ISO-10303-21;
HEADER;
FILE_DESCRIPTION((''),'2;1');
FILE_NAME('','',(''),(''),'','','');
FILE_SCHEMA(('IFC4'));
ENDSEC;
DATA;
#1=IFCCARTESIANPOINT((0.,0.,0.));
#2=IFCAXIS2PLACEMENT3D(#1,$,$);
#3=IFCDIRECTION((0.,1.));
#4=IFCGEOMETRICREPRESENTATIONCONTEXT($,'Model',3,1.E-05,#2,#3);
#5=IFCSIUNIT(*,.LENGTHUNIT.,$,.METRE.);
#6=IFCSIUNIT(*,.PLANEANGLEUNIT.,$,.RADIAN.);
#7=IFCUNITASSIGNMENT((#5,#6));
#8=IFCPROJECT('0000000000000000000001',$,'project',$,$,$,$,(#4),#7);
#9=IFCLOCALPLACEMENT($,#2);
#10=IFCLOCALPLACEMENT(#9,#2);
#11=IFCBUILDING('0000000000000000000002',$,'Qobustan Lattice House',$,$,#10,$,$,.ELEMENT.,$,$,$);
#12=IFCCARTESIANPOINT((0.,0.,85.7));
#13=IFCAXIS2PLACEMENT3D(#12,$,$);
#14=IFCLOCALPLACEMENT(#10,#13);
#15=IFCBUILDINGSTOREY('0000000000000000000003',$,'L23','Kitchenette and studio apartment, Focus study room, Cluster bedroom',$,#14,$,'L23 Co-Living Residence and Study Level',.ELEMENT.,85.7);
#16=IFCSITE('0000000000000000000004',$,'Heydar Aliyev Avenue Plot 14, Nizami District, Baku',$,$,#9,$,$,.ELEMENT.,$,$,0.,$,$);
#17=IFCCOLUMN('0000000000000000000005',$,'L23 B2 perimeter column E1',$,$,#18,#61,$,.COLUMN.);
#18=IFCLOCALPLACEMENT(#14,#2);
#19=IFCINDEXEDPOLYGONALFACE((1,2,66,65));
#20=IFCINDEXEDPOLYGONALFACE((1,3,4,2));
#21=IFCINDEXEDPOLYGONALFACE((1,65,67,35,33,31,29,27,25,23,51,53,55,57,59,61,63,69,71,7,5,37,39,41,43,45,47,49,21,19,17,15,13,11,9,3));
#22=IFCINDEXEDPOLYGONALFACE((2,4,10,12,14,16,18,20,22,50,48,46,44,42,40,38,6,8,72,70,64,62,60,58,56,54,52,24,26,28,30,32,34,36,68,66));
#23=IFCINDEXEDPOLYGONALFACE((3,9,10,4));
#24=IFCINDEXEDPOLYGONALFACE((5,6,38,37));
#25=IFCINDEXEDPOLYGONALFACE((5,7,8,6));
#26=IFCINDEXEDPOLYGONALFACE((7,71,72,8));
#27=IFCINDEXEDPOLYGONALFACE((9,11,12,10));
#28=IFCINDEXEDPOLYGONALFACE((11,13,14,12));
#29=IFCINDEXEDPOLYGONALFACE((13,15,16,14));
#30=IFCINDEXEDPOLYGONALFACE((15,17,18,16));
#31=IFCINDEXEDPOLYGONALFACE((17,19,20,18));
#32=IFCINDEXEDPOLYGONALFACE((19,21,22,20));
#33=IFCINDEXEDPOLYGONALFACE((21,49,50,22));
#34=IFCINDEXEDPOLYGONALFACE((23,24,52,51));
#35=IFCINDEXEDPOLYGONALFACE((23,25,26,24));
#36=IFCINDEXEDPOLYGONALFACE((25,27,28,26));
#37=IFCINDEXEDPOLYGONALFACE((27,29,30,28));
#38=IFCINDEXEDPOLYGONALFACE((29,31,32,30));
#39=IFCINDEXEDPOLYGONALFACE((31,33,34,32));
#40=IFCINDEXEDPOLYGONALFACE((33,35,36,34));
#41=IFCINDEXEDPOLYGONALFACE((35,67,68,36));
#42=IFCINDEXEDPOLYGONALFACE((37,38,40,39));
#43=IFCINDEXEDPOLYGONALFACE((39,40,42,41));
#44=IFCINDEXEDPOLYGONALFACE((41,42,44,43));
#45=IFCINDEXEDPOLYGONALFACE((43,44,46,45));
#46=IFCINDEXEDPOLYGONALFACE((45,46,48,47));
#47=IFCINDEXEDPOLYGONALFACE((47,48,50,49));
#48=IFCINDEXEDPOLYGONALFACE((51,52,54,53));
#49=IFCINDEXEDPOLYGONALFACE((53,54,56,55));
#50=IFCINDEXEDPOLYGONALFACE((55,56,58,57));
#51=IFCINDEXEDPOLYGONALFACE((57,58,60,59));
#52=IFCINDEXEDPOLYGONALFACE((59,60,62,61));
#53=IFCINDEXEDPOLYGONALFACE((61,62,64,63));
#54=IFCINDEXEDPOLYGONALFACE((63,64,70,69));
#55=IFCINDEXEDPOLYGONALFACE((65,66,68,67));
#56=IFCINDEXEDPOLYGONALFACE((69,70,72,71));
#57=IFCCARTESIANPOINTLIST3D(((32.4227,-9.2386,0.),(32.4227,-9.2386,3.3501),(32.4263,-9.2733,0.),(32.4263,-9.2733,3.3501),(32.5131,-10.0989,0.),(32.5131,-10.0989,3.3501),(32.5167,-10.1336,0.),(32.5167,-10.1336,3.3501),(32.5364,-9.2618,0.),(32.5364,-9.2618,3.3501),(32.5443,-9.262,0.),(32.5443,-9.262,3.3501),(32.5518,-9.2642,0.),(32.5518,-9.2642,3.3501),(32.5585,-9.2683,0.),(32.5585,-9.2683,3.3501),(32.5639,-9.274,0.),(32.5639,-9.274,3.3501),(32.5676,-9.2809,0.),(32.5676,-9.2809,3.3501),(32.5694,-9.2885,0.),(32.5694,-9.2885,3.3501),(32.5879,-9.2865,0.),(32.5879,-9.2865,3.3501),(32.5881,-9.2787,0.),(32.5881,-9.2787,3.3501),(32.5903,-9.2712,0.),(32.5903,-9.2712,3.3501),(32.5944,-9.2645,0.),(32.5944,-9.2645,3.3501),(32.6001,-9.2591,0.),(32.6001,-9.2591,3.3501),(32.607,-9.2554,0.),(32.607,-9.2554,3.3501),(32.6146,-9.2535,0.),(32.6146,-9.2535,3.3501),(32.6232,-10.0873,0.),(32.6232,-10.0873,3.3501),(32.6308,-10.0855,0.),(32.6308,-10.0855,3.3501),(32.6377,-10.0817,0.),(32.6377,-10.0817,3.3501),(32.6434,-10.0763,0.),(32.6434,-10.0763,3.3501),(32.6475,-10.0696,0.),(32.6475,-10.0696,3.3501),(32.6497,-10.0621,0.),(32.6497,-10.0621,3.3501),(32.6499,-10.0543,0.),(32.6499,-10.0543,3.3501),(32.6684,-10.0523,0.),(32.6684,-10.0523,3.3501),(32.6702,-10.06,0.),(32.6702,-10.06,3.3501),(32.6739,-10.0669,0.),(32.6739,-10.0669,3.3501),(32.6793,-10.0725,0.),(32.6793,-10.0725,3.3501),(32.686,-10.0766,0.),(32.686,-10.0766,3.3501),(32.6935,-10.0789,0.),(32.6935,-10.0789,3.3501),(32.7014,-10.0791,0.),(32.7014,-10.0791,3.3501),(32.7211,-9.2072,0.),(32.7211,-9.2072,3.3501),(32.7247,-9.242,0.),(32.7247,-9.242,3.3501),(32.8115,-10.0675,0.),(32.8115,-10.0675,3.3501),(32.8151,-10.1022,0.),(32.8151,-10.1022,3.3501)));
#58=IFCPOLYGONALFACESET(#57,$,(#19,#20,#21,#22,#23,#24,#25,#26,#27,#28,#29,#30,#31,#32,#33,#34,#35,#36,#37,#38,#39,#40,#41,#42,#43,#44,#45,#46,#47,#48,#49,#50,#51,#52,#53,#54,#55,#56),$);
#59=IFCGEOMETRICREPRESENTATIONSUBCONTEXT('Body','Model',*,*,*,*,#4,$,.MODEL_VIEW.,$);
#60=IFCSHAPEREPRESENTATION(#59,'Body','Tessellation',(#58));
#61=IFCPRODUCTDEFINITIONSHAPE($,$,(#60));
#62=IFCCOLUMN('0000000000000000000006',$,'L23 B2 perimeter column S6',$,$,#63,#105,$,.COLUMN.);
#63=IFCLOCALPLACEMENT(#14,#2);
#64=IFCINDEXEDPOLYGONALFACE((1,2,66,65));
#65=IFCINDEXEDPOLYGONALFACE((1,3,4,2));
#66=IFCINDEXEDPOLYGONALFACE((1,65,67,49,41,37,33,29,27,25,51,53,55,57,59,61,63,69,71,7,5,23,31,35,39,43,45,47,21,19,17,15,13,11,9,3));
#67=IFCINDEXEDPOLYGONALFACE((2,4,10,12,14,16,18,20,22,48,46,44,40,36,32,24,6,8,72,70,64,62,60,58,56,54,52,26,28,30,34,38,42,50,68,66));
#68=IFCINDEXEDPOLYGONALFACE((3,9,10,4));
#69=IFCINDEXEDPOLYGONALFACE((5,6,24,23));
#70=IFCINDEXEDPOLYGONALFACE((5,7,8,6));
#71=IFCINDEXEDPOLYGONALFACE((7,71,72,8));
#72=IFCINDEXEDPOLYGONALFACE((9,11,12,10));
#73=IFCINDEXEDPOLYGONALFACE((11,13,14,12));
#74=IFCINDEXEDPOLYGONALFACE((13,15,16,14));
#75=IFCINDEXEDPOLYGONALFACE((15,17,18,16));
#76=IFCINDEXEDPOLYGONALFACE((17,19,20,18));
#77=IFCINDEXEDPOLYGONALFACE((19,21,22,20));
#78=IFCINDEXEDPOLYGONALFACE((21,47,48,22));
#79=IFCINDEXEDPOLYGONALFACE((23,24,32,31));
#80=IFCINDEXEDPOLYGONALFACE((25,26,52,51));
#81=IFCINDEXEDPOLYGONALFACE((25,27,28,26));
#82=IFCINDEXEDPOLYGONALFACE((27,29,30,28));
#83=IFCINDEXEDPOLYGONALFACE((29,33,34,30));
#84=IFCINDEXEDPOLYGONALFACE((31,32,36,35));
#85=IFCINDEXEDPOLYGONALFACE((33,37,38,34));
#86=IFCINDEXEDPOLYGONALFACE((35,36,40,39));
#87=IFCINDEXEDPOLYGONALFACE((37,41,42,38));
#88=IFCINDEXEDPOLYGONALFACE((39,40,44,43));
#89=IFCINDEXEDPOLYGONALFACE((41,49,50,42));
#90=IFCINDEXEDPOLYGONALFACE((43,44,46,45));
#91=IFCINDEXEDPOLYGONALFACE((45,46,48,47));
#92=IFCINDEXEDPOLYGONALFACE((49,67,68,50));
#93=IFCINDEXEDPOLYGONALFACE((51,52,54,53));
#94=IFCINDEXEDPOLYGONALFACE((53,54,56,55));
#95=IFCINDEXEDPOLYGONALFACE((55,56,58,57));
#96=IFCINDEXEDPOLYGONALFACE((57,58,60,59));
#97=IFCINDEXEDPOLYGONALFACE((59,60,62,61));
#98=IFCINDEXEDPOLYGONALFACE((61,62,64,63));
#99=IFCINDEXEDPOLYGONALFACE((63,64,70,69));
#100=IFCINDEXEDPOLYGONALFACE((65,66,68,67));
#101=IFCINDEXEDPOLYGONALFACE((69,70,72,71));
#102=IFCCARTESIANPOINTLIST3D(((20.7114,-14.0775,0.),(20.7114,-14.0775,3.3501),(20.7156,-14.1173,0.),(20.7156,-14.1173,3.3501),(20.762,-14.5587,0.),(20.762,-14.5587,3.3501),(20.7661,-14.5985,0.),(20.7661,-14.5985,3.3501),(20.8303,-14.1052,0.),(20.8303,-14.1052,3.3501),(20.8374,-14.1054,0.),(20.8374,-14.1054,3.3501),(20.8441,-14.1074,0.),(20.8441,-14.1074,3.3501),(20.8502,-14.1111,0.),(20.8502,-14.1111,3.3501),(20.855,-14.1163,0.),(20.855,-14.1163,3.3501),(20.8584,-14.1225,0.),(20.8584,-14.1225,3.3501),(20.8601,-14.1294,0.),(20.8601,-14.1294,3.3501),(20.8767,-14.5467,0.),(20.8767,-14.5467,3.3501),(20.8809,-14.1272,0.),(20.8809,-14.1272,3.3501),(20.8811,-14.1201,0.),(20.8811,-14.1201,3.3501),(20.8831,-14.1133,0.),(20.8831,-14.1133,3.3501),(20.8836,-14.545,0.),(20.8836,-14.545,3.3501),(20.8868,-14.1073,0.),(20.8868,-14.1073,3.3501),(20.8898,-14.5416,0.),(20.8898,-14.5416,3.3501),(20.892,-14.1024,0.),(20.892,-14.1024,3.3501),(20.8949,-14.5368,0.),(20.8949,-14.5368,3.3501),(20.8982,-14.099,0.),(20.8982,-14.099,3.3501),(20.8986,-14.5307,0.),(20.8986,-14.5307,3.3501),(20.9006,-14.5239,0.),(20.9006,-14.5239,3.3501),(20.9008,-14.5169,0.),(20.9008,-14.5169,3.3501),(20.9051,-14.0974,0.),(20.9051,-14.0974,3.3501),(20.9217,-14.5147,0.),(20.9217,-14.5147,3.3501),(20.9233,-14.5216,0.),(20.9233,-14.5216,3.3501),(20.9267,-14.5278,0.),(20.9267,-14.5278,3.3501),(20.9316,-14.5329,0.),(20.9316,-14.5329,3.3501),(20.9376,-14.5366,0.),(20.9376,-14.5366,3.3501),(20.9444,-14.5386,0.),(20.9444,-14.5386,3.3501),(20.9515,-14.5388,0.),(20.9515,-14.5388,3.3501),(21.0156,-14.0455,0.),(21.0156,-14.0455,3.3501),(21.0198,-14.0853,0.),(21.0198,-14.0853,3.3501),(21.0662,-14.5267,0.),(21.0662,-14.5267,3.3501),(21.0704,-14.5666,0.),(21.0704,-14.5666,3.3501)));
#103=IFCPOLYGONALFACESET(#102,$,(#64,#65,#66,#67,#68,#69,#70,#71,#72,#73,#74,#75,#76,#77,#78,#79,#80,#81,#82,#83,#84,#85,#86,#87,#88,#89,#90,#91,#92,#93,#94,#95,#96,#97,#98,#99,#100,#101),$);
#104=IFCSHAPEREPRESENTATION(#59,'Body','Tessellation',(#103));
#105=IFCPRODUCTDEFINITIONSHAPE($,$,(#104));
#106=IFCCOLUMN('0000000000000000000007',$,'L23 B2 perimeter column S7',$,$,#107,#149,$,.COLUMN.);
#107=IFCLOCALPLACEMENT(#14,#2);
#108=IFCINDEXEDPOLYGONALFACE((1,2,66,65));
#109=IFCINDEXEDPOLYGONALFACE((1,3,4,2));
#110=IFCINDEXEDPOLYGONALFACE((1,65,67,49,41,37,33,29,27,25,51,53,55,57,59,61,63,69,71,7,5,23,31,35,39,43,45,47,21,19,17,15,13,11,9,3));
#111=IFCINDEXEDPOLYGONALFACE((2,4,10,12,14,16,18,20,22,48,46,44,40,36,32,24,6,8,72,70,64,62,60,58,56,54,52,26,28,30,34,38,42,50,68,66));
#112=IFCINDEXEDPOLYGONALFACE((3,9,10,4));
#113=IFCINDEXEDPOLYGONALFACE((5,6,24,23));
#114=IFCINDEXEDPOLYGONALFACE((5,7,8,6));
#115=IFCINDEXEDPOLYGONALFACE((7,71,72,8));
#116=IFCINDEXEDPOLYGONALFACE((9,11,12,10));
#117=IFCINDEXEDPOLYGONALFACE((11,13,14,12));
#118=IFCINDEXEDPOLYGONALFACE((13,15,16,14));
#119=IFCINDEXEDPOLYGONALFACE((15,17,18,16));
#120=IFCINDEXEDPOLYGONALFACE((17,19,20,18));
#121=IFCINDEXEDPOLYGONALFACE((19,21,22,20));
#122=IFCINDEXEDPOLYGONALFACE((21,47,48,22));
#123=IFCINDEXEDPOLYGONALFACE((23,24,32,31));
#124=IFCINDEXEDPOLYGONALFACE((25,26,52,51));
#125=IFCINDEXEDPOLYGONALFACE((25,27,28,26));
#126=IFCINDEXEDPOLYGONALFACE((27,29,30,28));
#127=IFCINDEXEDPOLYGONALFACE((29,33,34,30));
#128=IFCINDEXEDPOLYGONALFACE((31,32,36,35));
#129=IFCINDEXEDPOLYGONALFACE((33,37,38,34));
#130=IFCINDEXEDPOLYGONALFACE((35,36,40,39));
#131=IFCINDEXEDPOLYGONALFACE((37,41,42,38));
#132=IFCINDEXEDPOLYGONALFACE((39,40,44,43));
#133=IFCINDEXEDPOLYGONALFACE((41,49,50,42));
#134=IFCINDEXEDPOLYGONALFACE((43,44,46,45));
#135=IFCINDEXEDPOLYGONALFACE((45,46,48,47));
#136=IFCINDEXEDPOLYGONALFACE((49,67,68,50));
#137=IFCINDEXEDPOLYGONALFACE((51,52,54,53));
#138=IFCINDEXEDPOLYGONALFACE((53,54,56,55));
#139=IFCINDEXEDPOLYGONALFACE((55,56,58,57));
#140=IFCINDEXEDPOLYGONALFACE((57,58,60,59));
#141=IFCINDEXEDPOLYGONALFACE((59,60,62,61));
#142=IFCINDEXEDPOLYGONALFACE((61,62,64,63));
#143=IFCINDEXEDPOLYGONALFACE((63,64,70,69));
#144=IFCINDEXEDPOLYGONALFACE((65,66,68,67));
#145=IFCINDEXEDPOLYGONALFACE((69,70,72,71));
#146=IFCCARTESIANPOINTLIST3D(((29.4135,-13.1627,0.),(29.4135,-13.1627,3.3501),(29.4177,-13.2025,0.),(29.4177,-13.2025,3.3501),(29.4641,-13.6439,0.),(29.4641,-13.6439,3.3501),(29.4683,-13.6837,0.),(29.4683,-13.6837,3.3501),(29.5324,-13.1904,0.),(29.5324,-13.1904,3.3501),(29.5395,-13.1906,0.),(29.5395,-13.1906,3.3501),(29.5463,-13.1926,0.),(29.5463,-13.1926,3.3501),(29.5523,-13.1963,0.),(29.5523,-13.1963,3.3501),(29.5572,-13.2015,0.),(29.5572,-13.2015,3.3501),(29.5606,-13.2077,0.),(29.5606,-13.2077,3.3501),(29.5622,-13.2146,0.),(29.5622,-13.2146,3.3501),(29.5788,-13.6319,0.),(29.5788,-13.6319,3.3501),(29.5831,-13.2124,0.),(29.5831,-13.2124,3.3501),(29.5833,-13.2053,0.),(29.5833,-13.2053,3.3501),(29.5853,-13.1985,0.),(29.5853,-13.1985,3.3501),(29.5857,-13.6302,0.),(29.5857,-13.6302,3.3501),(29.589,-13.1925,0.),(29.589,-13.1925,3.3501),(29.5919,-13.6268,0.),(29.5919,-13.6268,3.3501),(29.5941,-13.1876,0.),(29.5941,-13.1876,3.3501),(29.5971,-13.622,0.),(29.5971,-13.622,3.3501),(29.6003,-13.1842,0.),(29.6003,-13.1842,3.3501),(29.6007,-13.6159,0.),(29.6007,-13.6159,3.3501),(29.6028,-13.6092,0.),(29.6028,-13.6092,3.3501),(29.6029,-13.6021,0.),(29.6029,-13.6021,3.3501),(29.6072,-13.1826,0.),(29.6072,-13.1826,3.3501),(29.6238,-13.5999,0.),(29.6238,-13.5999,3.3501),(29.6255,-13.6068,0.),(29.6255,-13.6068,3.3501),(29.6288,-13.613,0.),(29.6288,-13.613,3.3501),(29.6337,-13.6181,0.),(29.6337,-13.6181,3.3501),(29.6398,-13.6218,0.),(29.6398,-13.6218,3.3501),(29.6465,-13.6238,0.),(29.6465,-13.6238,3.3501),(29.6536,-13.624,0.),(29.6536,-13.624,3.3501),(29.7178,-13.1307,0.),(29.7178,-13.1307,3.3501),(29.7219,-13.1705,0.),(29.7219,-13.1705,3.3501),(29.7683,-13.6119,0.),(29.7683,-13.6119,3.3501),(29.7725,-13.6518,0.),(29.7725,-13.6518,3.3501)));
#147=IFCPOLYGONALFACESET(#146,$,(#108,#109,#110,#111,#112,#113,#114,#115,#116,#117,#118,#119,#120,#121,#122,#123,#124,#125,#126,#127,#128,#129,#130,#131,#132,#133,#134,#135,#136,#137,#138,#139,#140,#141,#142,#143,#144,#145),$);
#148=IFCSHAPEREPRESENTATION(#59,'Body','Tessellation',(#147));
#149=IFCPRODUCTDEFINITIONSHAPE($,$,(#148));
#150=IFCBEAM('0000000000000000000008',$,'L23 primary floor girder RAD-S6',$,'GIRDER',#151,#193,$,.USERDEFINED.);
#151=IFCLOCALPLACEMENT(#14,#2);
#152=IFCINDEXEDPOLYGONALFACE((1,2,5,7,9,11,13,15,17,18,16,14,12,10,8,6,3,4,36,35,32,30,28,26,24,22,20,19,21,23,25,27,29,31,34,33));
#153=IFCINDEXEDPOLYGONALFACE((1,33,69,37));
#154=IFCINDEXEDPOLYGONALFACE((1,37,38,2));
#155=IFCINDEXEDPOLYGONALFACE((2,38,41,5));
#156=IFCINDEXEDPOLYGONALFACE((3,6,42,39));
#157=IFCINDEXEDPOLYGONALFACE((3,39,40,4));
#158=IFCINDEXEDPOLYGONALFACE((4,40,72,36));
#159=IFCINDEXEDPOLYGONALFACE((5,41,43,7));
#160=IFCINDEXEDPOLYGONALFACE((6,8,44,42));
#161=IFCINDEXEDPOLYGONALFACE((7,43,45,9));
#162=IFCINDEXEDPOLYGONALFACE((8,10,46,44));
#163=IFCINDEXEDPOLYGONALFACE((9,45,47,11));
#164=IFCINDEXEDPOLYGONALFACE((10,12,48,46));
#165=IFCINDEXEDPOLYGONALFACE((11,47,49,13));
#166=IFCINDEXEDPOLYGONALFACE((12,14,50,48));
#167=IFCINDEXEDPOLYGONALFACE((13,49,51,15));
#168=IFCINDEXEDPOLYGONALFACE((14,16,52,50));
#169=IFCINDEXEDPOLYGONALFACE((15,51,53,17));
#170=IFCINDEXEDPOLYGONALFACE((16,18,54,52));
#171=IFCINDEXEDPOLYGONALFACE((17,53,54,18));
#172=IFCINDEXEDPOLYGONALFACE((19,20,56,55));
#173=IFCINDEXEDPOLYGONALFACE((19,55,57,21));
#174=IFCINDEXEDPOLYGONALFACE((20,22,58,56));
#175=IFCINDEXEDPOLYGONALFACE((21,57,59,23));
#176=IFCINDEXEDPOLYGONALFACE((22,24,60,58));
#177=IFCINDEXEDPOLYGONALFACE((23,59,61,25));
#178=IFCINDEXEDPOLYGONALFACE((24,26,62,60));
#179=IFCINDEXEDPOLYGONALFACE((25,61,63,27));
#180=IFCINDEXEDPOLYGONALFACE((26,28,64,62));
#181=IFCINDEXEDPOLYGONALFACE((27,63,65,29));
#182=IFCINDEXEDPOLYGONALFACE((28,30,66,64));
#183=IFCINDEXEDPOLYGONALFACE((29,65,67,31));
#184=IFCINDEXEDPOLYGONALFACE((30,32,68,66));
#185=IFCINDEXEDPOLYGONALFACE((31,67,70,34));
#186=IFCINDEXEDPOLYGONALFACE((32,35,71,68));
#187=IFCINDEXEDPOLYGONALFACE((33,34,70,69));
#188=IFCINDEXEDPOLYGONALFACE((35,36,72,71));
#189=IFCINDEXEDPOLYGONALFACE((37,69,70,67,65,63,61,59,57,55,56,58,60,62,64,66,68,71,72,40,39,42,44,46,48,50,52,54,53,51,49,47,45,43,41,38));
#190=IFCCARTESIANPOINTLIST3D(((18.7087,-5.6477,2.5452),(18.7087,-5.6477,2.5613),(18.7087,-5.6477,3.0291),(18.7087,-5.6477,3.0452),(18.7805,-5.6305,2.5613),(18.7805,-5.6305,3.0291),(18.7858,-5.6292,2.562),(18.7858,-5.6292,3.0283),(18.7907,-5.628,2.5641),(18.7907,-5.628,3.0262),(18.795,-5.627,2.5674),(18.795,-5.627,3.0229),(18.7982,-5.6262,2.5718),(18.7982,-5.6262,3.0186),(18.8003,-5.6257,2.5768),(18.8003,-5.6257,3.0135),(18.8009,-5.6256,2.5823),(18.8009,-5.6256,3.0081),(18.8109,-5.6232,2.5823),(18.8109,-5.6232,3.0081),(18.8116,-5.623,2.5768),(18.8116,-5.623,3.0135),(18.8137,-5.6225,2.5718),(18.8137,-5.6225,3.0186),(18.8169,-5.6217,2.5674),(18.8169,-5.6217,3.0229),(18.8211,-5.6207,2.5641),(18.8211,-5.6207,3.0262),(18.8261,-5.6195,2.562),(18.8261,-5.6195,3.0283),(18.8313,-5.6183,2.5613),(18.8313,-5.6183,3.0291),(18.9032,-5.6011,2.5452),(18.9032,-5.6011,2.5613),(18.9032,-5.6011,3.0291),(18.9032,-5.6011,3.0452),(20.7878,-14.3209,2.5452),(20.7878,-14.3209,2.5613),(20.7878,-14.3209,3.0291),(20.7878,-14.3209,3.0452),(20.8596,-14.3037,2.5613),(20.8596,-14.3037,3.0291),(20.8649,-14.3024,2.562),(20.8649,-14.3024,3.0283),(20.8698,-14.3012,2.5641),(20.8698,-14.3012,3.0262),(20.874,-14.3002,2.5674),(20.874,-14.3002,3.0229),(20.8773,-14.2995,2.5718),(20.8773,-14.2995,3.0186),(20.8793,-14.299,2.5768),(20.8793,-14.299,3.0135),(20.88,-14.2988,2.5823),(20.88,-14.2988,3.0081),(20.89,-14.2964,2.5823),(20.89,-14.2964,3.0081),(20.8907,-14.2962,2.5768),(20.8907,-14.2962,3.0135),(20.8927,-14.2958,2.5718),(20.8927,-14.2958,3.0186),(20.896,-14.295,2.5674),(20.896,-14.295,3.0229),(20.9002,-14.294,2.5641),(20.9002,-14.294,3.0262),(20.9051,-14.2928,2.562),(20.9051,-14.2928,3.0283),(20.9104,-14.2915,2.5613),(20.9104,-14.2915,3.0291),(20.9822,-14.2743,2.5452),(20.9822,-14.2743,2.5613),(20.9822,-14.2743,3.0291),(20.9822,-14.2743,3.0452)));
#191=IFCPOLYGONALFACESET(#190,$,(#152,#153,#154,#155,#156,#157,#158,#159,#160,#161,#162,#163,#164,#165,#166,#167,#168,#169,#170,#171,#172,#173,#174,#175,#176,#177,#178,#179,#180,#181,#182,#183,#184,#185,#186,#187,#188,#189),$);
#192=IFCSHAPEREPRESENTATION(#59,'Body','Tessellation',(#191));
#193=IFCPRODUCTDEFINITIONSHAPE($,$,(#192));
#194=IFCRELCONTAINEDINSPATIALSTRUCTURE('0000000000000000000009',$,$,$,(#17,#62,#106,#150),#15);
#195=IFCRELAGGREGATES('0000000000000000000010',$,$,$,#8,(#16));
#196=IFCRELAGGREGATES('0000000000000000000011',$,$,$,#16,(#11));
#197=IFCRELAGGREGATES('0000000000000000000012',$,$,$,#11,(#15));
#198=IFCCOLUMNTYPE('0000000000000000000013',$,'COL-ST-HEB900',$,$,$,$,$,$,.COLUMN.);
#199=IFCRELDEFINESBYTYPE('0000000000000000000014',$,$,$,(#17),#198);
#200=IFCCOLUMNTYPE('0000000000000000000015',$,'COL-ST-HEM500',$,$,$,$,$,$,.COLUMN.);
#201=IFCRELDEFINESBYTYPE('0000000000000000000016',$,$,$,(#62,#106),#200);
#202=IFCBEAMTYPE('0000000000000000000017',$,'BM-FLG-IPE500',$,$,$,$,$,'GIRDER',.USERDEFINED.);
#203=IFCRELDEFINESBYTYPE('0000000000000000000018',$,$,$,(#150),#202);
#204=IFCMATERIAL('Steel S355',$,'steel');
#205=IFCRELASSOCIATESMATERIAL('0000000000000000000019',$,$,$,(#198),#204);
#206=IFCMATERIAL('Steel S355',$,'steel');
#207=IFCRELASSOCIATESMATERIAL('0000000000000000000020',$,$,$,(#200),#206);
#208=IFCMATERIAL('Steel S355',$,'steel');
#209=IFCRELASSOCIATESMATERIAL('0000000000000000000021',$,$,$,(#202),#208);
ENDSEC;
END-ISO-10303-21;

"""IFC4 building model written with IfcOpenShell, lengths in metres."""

from ifc_helpers import new_model, si_unit, direction, frame, origin, origin_2d, place, context, subcontext, project, spatial, i_section, extrude, material, material_profile, profile_set, type_object, element, save


model = new_model("IFC4")

# Units and contexts
model_context = context("Model", 3, precision=1e-05, world=origin(), true_north=direction((0.0, 1.0)))
body_context = subcontext(model_context, "Body", "Model", "MODEL_VIEW")
ifc_project = project(units=[si_unit("LENGTHUNIT", "METRE"), si_unit("PLANEANGLEUNIT", "RADIAN")], contexts=[model_context])

# Site, building, storey
site_placement = place(None, origin())
site = spatial("IfcSite", under=ifc_project, at=site_placement, Name="Heydar Aliyev Avenue Plot 14, Nizami District, Baku", CompositionType="ELEMENT", RefElevation=0.0)
building_placement = place(site_placement, origin())
building = spatial("IfcBuilding", under=site, at=building_placement, Name="Qobustan Lattice House", CompositionType="ELEMENT")
storey_placement = place(building_placement, frame((0.0, 0.0, 85.7)))
storey = spatial("IfcBuildingStorey", under=building, at=storey_placement, Name="L23", Description="Kitchenette and studio apartment, Focus study room, Cluster bedroom", LongName="L23 Co-Living Residence and Study Level", CompositionType="ELEMENT", Elevation=85.7)

# Columns
ifc_material_1 = material(Name="Steel S355", Category="steel")
ifc_material_profile_1 = material_profile(ifc_material_1, i_section(OverallWidth=0.3, OverallDepth=0.8999, WebThickness=0.0186, FlangeThickness=0.0349, FilletRadius=0.03, at=origin_2d()), Name="HEB900")
ifc_profile_set_1 = profile_set([ifc_material_profile_1], Name="Steel S355")
column_type_1 = type_object("IfcColumnType", Name="COL-ST-HEB900", PredefinedType="COLUMN", material=ifc_profile_set_1)
column_placement = place(storey_placement, frame((32.6189, -9.6704, 0.0), z_axis=(0.0, 0.0, 1.0), x_axis=(0.994522, 0.104528, 0.0)))
element("IfcColumn", 1, at=column_placement, inside=storey, type_object=column_type_1, Name="L23 B2 perimeter column E1", PredefinedType="COLUMN", context=body_context, shape_type="SweptSolid", body=[
    extrude(i_section(OverallWidth=0.3, OverallDepth=0.8999, WebThickness=0.0186, FlangeThickness=0.0349, FilletRadius=0.03, at=origin_2d()), origin(), (0.0, 0.0, 1.0), 3.3501),
])
ifc_material_2 = material(Name="Steel S355", Category="steel")
ifc_material_profile_2 = material_profile(ifc_material_2, i_section(OverallWidth=0.3059, OverallDepth=0.5239, WebThickness=0.021, FlangeThickness=0.04, FilletRadius=0.0271, at=origin_2d()), Name="HEM500")
ifc_profile_set_2 = profile_set([ifc_material_profile_2], Name="Steel S355")
column_type_2 = type_object("IfcColumnType", Name="COL-ST-HEM500", PredefinedType="COLUMN", material=ifc_profile_set_2)
for number, where, z_axis, x_axis, name in (
    (2, (20.8909, -14.322, 0.0), (0.0, 0.0, 1.0), (0.994522, 0.104528, 0.0), "L23 B2 perimeter column S6"),
    (3, (29.593, -13.4072, 0.0), (0.0, 0.0, 1.0), (0.994522, 0.104528, 0.0), "L23 B2 perimeter column S7"),
):
    element("IfcColumn", number, at=place(storey_placement, frame(where, z_axis=z_axis, x_axis=x_axis)), inside=storey, type_object=column_type_2, Name=name, PredefinedType="COLUMN", context=body_context, shape_type="SweptSolid", body=[
        extrude(i_section(OverallWidth=0.3059, OverallDepth=0.5239, WebThickness=0.021, FlangeThickness=0.04, FilletRadius=0.0271, at=origin_2d()), origin(), (0.0, 0.0, 1.0), 3.3501),
    ])

# Beam
ifc_material_3 = material(Name="Steel S355", Category="steel")
ifc_material_profile_3 = material_profile(ifc_material_3, i_section(OverallWidth=0.2, OverallDepth=0.5, WebThickness=0.0103, FlangeThickness=0.0161, FilletRadius=0.021, at=origin_2d()), Name="IPE500")
ifc_profile_set_3 = profile_set([ifc_material_profile_3], Name="Steel S355")
beam_type_1 = type_object("IfcBeamType", Name="BM-FLG-IPE500", ElementType="GIRDER", PredefinedType="USERDEFINED", material=ifc_profile_set_3)
beam_1_placement = place(storey_placement, frame((20.885, -14.2976, 2.7952), z_axis=(-0.233108, 0.972451, 0.0), x_axis=(-0.972451, -0.233108, 0.0)))
element("IfcBeam", 4, at=beam_1_placement, inside=storey, type_object=beam_type_1, Name="L23 primary floor girder RAD-S6", ObjectType="GIRDER", PredefinedType="USERDEFINED", context=body_context, shape_type="SweptSolid", body=[
    extrude(i_section(OverallWidth=0.2, OverallDepth=0.5, WebThickness=0.0103, FlangeThickness=0.0161, FilletRadius=0.021, at=origin_2d()), origin(), (0.0, 0.0, 1.0), 8.9189),
])

save(model, "model.ifc")
